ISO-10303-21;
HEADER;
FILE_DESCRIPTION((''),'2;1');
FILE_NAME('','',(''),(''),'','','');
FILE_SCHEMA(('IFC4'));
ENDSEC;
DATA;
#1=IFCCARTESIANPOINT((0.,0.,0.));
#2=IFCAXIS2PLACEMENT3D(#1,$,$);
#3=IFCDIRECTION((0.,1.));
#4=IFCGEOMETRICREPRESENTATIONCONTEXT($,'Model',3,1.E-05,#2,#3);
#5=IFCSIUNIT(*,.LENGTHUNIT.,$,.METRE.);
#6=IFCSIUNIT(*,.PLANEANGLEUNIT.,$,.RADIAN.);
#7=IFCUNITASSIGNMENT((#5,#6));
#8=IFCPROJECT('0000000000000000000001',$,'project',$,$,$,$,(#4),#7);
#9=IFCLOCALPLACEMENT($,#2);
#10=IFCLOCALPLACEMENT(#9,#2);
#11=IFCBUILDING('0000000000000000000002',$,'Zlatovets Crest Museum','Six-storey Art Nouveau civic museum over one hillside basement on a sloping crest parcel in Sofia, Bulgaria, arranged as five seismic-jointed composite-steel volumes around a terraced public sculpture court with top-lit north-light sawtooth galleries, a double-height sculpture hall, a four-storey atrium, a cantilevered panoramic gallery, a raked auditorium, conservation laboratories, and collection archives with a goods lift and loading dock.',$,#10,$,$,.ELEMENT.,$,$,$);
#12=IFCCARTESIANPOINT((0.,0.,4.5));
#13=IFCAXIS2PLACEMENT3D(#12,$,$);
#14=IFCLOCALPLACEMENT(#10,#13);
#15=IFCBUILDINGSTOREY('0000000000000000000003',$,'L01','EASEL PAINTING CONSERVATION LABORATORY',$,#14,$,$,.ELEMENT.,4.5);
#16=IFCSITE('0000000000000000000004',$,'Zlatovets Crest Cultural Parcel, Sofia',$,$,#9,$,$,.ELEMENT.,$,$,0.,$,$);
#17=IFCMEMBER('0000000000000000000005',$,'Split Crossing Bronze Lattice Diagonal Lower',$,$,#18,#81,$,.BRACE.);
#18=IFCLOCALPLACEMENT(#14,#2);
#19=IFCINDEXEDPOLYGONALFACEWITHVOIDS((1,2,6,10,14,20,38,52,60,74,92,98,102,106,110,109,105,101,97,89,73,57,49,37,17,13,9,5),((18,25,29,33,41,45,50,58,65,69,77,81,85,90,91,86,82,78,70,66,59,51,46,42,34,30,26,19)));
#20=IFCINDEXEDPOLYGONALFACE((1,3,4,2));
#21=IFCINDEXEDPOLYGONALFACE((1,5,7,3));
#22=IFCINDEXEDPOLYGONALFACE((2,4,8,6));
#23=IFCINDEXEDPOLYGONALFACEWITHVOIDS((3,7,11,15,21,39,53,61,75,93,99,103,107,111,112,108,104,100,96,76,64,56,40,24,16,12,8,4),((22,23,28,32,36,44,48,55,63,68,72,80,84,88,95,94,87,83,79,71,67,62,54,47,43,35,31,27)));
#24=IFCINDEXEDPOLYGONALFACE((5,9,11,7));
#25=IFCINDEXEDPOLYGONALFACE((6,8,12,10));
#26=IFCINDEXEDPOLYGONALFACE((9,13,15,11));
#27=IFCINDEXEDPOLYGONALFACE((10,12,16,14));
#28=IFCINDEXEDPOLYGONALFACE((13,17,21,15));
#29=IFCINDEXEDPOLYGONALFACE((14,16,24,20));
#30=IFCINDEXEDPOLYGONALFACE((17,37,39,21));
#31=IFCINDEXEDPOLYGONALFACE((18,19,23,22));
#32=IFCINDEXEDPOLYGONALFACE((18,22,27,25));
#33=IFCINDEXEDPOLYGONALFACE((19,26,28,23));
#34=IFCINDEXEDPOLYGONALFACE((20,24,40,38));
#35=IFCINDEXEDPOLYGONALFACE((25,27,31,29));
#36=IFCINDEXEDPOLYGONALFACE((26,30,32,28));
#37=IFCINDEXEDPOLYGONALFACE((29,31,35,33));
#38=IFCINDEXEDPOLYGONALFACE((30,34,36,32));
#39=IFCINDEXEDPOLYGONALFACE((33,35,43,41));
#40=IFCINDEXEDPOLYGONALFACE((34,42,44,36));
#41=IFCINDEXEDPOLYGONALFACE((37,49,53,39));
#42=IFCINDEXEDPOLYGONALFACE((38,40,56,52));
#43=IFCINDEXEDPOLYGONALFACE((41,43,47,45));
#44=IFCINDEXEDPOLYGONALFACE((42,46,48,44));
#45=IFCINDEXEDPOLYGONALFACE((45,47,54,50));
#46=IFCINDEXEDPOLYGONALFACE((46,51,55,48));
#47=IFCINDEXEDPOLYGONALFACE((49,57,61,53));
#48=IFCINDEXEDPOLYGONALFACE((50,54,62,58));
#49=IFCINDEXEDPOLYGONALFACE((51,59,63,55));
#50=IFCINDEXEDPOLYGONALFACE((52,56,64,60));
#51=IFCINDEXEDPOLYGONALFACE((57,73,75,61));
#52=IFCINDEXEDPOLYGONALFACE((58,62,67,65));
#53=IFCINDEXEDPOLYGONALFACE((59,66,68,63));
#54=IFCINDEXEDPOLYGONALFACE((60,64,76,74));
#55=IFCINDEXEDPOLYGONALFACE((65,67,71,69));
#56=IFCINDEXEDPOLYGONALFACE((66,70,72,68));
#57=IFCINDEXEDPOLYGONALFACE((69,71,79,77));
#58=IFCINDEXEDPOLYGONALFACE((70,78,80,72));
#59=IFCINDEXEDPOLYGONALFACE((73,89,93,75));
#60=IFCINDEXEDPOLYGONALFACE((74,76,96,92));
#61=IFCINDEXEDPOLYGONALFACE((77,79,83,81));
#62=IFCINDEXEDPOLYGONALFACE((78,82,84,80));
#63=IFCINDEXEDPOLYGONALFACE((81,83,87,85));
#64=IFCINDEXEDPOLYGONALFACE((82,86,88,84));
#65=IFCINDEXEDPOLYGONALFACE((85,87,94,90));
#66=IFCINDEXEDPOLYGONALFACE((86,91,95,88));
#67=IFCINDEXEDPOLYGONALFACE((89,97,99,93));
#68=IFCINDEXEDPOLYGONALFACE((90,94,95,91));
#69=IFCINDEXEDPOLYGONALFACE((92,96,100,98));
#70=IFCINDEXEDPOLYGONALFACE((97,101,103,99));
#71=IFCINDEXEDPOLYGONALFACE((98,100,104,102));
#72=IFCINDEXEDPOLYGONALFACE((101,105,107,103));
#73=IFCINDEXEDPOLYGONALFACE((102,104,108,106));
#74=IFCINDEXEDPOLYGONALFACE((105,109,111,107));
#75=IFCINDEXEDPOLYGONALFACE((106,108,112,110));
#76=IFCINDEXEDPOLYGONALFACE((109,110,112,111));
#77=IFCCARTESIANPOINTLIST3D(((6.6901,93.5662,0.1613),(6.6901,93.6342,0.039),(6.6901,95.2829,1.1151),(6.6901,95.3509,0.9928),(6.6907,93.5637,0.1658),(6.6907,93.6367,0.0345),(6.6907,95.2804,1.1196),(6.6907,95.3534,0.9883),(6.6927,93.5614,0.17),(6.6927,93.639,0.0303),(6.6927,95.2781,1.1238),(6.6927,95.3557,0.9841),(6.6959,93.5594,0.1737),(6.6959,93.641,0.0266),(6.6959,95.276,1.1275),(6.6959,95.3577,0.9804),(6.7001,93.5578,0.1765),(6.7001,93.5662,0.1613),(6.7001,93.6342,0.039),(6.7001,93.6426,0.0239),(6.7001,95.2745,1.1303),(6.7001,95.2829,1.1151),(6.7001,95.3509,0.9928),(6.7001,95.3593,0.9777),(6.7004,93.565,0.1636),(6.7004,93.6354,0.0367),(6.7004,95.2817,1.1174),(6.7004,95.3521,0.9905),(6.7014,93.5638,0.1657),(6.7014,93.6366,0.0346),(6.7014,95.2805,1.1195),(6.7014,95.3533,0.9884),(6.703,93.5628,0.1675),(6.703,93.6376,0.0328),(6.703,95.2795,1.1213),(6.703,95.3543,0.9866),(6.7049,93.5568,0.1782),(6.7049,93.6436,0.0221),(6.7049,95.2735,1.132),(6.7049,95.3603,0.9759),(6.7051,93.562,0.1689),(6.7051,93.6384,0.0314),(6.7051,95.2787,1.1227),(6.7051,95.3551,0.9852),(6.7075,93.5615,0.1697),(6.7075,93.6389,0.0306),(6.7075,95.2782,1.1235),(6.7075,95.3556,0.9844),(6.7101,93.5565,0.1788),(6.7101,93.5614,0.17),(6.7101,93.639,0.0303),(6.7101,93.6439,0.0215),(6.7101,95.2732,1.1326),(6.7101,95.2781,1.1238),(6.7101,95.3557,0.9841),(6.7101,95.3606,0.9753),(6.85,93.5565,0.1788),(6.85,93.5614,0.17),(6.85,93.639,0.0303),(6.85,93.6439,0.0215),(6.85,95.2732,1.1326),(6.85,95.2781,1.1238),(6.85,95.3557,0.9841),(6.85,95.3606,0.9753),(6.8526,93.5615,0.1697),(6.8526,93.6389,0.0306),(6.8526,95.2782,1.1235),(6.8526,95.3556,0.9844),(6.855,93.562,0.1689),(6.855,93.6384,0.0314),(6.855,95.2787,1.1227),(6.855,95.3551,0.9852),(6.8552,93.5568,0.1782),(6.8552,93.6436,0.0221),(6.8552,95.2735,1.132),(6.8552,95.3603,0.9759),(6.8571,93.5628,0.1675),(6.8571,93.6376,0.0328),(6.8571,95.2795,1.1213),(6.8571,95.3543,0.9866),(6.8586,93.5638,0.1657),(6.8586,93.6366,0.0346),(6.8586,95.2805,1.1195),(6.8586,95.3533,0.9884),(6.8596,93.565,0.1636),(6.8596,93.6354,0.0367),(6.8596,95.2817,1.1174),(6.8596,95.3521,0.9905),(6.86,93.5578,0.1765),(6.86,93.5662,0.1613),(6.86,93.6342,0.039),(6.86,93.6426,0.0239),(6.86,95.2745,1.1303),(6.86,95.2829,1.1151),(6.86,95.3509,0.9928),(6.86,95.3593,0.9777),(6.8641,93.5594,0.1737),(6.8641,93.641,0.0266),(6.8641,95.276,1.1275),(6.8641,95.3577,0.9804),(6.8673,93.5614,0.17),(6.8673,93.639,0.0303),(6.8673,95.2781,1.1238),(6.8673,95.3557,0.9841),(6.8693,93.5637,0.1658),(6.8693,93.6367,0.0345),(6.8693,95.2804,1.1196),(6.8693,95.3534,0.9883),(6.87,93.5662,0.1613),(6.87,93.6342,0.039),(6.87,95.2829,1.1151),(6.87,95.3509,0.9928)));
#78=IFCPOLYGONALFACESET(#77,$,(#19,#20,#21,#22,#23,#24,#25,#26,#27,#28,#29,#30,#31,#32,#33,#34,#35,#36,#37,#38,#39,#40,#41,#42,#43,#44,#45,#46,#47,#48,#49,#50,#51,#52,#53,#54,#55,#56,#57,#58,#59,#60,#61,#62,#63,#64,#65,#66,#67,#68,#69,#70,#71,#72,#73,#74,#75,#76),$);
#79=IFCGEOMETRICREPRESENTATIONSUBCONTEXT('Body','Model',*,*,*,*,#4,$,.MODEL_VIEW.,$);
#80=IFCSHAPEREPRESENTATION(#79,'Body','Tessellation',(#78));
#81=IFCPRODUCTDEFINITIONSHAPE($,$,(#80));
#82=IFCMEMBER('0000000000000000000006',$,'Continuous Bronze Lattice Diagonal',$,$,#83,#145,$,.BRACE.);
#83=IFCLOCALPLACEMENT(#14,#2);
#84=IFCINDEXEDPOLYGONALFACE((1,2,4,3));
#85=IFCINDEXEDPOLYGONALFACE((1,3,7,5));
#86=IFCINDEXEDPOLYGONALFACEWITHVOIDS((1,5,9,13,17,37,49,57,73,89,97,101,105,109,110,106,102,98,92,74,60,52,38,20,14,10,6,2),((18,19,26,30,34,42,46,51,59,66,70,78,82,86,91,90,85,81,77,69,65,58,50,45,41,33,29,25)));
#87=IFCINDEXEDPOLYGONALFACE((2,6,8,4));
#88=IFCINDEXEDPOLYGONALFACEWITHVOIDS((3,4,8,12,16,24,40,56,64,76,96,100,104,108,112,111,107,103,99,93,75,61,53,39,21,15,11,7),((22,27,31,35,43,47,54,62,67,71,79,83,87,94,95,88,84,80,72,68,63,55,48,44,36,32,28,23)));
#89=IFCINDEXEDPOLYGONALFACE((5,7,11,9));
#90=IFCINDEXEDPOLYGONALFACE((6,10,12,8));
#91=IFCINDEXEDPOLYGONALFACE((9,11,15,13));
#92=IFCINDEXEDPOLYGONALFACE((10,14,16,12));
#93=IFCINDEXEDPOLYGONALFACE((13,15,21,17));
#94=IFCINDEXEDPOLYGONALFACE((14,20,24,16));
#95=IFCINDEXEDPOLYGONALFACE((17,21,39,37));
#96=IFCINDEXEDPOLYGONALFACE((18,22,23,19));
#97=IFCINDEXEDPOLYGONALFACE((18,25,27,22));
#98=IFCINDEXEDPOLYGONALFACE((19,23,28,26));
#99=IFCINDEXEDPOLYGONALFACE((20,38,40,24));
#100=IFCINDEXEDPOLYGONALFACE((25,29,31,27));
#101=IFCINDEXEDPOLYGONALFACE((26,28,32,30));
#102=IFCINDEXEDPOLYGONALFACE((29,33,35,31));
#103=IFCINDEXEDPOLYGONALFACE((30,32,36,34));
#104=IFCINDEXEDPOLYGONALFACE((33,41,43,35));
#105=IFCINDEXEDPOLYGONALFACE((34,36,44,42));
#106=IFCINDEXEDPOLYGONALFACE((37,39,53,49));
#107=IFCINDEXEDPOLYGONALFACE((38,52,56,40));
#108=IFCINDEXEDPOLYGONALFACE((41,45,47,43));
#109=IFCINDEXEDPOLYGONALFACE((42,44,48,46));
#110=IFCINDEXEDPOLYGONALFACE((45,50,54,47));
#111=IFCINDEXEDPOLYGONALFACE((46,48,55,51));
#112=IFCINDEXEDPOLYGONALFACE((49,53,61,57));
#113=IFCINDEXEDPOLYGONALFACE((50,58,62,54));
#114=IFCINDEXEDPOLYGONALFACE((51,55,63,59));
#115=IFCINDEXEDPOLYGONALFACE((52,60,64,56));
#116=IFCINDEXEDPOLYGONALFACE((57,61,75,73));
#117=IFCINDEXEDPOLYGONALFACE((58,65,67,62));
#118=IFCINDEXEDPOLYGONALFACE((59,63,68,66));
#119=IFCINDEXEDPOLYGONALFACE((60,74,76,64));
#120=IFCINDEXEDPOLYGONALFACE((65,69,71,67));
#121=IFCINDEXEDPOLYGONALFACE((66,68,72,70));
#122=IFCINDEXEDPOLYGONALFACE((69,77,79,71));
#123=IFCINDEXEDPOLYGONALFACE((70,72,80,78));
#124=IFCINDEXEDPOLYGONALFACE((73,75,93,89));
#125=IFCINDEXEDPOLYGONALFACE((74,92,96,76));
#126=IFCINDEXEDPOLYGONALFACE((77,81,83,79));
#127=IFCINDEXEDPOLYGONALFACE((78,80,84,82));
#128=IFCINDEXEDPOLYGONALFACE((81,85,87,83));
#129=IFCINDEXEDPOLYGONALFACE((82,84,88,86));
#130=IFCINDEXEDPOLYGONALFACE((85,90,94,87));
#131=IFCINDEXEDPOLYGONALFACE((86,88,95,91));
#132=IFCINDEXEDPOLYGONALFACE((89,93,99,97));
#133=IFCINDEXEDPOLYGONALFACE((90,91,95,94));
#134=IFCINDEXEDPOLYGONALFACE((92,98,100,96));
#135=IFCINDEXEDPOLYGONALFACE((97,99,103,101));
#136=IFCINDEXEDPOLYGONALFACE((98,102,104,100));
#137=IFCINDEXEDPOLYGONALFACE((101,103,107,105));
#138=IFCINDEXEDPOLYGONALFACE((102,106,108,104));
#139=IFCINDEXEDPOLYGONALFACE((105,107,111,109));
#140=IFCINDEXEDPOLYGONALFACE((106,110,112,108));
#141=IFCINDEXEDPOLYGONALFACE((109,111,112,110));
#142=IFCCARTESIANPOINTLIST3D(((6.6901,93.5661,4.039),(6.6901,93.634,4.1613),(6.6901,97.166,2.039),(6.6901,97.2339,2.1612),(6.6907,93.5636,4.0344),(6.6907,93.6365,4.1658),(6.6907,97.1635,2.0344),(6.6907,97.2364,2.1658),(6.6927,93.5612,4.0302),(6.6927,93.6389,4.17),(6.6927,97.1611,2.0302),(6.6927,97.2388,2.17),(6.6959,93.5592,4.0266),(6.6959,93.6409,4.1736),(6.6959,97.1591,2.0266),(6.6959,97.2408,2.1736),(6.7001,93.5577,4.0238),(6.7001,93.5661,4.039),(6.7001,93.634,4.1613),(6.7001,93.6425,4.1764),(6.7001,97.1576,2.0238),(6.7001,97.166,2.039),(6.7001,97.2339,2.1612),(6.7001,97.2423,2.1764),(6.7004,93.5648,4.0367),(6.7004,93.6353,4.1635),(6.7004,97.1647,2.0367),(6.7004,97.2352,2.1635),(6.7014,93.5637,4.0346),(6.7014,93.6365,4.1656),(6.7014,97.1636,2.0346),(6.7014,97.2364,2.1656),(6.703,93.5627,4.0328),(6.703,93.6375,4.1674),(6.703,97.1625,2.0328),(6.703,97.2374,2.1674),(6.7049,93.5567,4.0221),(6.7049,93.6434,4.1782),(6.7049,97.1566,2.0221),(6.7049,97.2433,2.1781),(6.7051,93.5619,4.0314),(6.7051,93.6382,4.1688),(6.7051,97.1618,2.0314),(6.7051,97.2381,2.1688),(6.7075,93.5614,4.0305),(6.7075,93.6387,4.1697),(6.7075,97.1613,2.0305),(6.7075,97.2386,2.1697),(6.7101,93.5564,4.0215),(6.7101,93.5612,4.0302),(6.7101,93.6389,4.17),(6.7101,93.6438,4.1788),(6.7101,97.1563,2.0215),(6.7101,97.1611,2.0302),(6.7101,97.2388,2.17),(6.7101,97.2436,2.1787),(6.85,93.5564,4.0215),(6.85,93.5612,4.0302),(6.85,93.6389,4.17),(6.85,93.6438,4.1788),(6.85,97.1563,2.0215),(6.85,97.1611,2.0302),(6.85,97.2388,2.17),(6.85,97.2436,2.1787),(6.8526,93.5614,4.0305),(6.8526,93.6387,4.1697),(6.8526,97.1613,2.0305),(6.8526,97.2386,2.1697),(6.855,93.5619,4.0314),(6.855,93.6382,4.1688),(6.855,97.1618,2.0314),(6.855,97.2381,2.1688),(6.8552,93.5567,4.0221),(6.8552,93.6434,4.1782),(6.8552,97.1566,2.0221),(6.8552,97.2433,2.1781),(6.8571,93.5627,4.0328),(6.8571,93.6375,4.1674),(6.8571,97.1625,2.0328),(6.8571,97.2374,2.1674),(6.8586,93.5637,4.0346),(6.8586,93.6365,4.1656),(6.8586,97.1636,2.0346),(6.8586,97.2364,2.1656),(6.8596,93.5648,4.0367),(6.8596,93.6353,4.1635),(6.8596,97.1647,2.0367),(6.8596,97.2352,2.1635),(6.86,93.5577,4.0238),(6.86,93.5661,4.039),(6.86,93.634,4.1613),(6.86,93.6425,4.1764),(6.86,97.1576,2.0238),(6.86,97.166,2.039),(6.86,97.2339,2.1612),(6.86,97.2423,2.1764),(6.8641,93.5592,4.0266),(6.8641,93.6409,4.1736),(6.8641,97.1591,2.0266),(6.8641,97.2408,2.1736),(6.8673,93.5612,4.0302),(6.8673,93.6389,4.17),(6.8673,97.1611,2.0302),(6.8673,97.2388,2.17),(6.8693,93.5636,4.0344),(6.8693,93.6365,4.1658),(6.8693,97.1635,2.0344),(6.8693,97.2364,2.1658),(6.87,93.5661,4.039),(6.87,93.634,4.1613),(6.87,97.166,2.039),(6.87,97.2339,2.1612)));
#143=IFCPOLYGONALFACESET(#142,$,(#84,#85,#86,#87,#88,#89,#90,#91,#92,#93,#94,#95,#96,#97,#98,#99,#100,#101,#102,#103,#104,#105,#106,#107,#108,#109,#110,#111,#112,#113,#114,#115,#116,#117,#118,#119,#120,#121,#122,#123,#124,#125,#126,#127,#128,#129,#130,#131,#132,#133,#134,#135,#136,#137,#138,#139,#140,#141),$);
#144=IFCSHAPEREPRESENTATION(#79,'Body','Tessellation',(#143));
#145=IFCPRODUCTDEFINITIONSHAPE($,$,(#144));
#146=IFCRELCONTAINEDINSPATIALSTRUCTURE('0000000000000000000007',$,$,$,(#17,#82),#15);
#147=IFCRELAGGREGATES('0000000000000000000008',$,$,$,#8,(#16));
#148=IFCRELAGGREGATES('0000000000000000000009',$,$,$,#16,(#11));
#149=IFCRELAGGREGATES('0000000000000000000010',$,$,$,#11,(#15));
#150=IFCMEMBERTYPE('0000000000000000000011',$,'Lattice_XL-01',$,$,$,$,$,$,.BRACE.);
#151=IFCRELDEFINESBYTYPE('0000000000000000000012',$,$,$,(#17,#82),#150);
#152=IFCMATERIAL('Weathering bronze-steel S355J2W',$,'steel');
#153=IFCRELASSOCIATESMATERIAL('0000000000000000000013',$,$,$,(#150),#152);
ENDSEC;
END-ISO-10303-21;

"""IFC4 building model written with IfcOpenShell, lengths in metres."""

from ifc_helpers import new_model, si_unit, direction, frame, origin, origin_2d, place, context, subcontext, project, spatial, hollow_rectangle, extrude, material, material_profile, profile_set, type_object, element, save


model = new_model("IFC4")

# Units and contexts
model_context = context("Model", 3, precision=1e-05, world=origin(), true_north=direction((0.0, 1.0)))
body_context = subcontext(model_context, "Body", "Model", "MODEL_VIEW")
ifc_project = project(units=[si_unit("LENGTHUNIT", "METRE"), si_unit("PLANEANGLEUNIT", "RADIAN")], contexts=[model_context])

# Site, building, storey
site_placement = place(None, origin())
site = spatial("IfcSite", under=ifc_project, at=site_placement, Name="Zlatovets Crest Cultural Parcel, Sofia", CompositionType="ELEMENT", RefElevation=0.0)
building_placement = place(site_placement, origin())
building = spatial("IfcBuilding", under=site, at=building_placement, Name="Zlatovets Crest Museum", Description="Six-storey Art Nouveau civic museum over one hillside basement on a sloping crest parcel in Sofia, Bulgaria, arranged as five seismic-jointed composite-steel volumes around a terraced public sculpture court with top-lit north-light sawtooth galleries, a double-height sculpture hall, a four-storey atrium, a cantilevered panoramic gallery, a raked auditorium, conservation laboratories, and collection archives with a goods lift and loading dock.", CompositionType="ELEMENT")
storey_placement = place(building_placement, frame((0.0, 0.0, 4.5)))
storey = spatial("IfcBuildingStorey", under=building, at=storey_placement, Name="L01", Description="EASEL PAINTING CONSERVATION LABORATORY", CompositionType="ELEMENT", Elevation=4.5)

# Members
ifc_material_1 = material(Name="Weathering bronze-steel S355J2W", Category="steel")
ifc_material_profile_1 = material_profile(ifc_material_1, hollow_rectangle(XDim=0.1799, YDim=0.1799, WallThickness=0.01, InnerFilletRadius=0.01, OuterFilletRadius=0.02, at=origin_2d()), Name="SHS 180x180x10.0")
ifc_profile_set_1 = profile_set([ifc_material_profile_1], Name="Weathering bronze-steel S355J2W")
member_type_1 = type_object("IfcMemberType", Name="Lattice_XL-01", PredefinedType="BRACE", material=ifc_profile_set_1)
member_1_placement = place(storey_placement, frame((6.78, 95.3169, 1.054), z_axis=(0.0, -0.87414, -0.485675), x_axis=(1.0, 0.0, 0.0)))
element("IfcMember", 1, at=member_1_placement, inside=storey, type_object=member_type_1, Name="Split Crossing Bronze Lattice Diagonal Lower", PredefinedType="BRACE", context=body_context, shape_type="SweptSolid", body=[
    extrude(hollow_rectangle(XDim=0.1799, YDim=0.1799, WallThickness=0.01, InnerFilletRadius=0.01, OuterFilletRadius=0.02, at=origin_2d()), origin(), (0.0, 0.0, 1.0), 1.9639),
])
member_2_placement = place(storey_placement, frame((6.78, 97.2, 2.1001), z_axis=(0.0, -0.874149, 0.485658), x_axis=(1.0, 0.0, 0.0)))
element("IfcMember", 2, at=member_2_placement, inside=storey, type_object=member_type_1, Name="Continuous Bronze Lattice Diagonal", PredefinedType="BRACE", context=body_context, shape_type="SweptSolid", body=[
    extrude(hollow_rectangle(XDim=0.1799, YDim=0.1799, WallThickness=0.01, InnerFilletRadius=0.01, OuterFilletRadius=0.02, at=origin_2d()), origin(), (0.0, 0.0, 1.0), 4.1182),
])

save(model, "model.ifc")
